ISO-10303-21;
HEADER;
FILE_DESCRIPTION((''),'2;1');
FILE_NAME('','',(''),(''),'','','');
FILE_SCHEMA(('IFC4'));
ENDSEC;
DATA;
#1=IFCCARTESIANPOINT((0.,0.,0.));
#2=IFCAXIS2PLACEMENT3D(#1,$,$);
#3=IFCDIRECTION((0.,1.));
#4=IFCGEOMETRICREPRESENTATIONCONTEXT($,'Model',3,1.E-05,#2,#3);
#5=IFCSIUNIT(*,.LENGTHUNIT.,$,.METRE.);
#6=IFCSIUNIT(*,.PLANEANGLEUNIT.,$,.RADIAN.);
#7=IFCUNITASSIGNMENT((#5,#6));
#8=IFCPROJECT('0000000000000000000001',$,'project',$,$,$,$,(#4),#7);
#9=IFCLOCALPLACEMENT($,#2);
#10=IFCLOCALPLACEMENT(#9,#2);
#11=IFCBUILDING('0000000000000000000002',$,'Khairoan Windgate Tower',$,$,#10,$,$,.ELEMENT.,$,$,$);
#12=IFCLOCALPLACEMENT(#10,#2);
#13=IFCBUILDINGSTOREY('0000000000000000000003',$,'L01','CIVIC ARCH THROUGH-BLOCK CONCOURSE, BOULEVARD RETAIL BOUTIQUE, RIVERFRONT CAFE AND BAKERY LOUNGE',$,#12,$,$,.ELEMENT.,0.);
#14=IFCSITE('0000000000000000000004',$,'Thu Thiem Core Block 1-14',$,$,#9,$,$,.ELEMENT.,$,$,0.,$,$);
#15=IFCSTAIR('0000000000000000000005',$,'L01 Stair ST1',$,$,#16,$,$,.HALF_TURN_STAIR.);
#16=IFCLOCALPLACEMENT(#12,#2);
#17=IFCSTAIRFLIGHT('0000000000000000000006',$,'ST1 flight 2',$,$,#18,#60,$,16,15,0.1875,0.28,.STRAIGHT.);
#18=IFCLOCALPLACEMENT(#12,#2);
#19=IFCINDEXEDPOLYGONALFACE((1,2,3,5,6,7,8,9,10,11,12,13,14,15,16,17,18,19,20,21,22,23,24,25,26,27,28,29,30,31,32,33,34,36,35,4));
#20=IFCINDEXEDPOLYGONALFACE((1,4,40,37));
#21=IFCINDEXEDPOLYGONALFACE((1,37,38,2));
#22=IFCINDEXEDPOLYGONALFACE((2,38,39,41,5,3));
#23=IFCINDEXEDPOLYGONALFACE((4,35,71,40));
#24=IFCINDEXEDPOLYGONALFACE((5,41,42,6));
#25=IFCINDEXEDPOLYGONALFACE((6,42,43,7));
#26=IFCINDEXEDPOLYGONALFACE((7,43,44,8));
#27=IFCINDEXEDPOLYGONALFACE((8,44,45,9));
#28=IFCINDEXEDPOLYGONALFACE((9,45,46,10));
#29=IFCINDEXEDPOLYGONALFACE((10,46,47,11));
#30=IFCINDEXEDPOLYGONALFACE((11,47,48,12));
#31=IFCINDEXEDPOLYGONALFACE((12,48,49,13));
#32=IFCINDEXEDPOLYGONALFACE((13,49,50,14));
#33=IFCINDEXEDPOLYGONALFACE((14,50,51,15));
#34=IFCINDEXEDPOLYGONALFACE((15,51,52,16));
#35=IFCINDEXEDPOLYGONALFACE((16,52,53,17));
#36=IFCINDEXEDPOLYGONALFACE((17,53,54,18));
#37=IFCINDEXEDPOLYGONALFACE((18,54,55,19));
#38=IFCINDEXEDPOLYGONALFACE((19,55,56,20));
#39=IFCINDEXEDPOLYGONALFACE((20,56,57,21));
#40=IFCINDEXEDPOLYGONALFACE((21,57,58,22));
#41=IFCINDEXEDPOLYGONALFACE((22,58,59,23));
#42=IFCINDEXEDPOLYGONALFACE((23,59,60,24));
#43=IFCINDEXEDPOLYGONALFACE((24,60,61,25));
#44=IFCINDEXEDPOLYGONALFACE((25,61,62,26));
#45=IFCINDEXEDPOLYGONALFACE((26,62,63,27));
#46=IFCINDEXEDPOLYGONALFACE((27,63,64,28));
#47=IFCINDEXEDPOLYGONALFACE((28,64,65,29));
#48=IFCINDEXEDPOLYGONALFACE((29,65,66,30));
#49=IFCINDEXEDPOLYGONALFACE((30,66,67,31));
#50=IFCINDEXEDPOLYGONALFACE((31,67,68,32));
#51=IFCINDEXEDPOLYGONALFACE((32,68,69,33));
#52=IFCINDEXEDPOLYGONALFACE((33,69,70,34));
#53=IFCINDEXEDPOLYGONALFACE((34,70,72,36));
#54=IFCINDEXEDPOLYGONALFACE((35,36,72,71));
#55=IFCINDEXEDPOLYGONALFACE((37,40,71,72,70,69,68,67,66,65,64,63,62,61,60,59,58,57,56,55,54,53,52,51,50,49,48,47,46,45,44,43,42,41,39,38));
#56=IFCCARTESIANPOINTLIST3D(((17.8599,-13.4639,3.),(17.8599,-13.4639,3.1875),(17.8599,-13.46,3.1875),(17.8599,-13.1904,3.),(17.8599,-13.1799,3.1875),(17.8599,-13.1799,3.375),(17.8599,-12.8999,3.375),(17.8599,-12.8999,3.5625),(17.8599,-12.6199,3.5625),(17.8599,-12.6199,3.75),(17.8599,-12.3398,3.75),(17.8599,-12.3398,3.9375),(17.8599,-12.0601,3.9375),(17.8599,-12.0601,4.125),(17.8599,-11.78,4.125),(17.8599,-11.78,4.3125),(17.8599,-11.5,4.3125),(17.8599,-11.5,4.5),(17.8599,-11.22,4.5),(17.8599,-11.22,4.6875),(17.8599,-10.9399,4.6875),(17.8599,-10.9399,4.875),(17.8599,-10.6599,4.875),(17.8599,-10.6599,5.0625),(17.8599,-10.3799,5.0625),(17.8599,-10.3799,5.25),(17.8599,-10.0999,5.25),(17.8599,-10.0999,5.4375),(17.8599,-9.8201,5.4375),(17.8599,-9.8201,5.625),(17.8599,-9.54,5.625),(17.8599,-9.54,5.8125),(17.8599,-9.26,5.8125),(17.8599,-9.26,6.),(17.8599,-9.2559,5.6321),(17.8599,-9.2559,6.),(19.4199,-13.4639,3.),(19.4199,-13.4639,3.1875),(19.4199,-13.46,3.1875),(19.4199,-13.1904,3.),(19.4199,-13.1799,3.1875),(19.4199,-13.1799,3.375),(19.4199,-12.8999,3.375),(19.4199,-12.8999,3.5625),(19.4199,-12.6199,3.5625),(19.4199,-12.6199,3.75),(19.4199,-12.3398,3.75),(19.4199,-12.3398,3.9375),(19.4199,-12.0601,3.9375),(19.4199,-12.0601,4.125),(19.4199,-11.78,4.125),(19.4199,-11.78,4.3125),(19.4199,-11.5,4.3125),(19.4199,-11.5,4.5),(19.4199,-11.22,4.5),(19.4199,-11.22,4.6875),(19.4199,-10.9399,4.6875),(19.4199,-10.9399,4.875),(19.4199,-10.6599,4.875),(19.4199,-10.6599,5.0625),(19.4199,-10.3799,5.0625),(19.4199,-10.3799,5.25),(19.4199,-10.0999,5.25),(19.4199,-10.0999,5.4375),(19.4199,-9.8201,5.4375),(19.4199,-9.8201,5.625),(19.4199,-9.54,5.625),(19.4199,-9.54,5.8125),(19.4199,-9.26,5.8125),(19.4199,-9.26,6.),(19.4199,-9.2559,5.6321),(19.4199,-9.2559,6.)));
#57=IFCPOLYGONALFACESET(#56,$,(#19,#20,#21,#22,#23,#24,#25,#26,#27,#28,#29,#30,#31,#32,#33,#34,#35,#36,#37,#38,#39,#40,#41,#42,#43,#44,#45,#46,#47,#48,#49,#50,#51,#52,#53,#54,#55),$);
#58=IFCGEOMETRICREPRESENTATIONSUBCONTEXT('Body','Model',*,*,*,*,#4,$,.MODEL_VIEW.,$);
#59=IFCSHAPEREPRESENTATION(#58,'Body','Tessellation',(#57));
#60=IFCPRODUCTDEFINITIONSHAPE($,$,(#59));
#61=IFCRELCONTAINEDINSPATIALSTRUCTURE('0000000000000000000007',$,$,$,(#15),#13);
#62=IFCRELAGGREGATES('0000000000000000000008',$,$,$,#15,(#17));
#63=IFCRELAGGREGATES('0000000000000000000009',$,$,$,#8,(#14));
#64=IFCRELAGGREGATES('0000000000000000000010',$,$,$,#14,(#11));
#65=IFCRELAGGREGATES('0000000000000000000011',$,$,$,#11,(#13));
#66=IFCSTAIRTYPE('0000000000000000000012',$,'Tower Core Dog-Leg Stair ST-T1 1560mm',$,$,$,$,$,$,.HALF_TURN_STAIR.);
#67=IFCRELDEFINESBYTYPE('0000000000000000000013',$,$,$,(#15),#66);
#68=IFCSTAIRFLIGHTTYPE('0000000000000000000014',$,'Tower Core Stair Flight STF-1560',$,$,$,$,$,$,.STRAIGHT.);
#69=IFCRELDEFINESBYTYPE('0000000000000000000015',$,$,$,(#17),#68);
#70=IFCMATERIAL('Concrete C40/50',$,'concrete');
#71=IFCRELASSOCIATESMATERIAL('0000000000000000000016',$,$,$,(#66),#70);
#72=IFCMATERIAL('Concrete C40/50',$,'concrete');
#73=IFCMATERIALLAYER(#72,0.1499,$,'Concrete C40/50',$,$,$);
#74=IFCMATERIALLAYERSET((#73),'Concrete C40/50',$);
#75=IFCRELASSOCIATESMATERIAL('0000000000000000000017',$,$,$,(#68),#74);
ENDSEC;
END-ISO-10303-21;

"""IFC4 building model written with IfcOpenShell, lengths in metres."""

from ifc_helpers import new_model, si_unit, direction, frame, origin, place, context, subcontext, project, spatial, polyline, outline, extrude, material, layer, layer_set, type_object, element, aggregate, save


model = new_model("IFC4")

# Units and contexts
model_context = context("Model", 3, precision=1e-05, world=origin(), true_north=direction((0.0, 1.0)))
body_context = subcontext(model_context, "Body", "Model", "MODEL_VIEW")
ifc_project = project(units=[si_unit("LENGTHUNIT", "METRE"), si_unit("PLANEANGLEUNIT", "RADIAN")], contexts=[model_context])

# Site, building, storey
site_placement = place(None, origin())
site = spatial("IfcSite", under=ifc_project, at=site_placement, Name="Thu Thiem Core Block 1-14", CompositionType="ELEMENT", RefElevation=0.0)
building_placement = place(site_placement, origin())
building = spatial("IfcBuilding", under=site, at=building_placement, Name="Khairoan Windgate Tower", CompositionType="ELEMENT")
storey_placement = place(building_placement, origin())
storey = spatial("IfcBuildingStorey", under=building, at=storey_placement, Name="L01", Description="CIVIC ARCH THROUGH-BLOCK CONCOURSE, BOULEVARD RETAIL BOUTIQUE, RIVERFRONT CAFE AND BAKERY LOUNGE", CompositionType="ELEMENT", Elevation=0.0)

# Stair, stair flight
ifc_material_1 = material(Name="Concrete C40/50", Category="concrete")
stair_type = type_object("IfcStairType", Name="Tower Core Dog-Leg Stair ST-T1 1560mm", PredefinedType="HALF_TURN_STAIR", material=ifc_material_1)
stair_placement = place(storey_placement, origin())
stair = element("IfcStair", 1, at=stair_placement, inside=storey, type_object=stair_type, Name="L01 Stair ST1", PredefinedType="HALF_TURN_STAIR")
ifc_material_2 = material(Name="Concrete C40/50", Category="concrete")
ifc_layer_1 = layer(ifc_material_2, 0.1499, Name="Concrete C40/50")
ifc_layer_set_1 = layer_set([ifc_layer_1], Name="Concrete C40/50")
stair_flight_type = type_object("IfcStairFlightType", Name="Tower Core Stair Flight STF-1560", PredefinedType="STRAIGHT", material=ifc_layer_set_1)
stair_flight_1_placement = place(storey_placement, frame((18.6399, -13.46, 3.0), z_axis=(0.0, 0.0, 1.0), x_axis=(0.0, 1.0, 0.0)))
stair_flight_1 = element("IfcStairFlight", 2, at=stair_flight_1_placement, type_object=stair_flight_type, Name="ST1 flight 2", NumberOfRisers=16, NumberOfTreads=15, PredefinedType="STRAIGHT", RiserHeight=0.1875, TreadLength=0.28, context=body_context, shape_type="SweptSolid", body=[
    extrude(outline(polyline([(-0.0039, 0.0), (-0.0039, 0.1875), (0.0, 0.1875), (0.28, 0.1875), (0.28, 0.375), (0.5601, 0.375), (0.5601, 0.5625), (0.8401, 0.5625), (0.8401, 0.75), (1.1201, 0.75), (1.1201, 0.9375), (1.3999, 0.9375), (1.3999, 1.125), (1.6799, 1.125), (1.6799, 1.3125), (1.96, 1.3125), (1.96, 1.5), (2.24, 1.5), (2.24, 1.6875), (2.52, 1.6875), (2.52, 1.875), (2.8, 1.875), (2.8, 2.0625), (3.0801, 2.0625), (3.0801, 2.25), (3.3601, 2.25), (3.3601, 2.4375), (3.6399, 2.4375), (3.6399, 2.625), (3.9199, 2.625), (3.9199, 2.8125), (4.2, 2.8125), (4.2, 3.0), (4.2041, 3.0), (4.2041, 2.6321), (0.2695, 0.0), (-0.0039, 0.0)])), frame((0.0, 0.78, 0.0), z_axis=(0.0, -1.0, 0.0), x_axis=(1.0, 0.0, 0.0)), (0.0, 0.0, 1.0), 1.5601),
])
aggregate(stair, [stair_flight_1])

save(model, "model.ifc")
